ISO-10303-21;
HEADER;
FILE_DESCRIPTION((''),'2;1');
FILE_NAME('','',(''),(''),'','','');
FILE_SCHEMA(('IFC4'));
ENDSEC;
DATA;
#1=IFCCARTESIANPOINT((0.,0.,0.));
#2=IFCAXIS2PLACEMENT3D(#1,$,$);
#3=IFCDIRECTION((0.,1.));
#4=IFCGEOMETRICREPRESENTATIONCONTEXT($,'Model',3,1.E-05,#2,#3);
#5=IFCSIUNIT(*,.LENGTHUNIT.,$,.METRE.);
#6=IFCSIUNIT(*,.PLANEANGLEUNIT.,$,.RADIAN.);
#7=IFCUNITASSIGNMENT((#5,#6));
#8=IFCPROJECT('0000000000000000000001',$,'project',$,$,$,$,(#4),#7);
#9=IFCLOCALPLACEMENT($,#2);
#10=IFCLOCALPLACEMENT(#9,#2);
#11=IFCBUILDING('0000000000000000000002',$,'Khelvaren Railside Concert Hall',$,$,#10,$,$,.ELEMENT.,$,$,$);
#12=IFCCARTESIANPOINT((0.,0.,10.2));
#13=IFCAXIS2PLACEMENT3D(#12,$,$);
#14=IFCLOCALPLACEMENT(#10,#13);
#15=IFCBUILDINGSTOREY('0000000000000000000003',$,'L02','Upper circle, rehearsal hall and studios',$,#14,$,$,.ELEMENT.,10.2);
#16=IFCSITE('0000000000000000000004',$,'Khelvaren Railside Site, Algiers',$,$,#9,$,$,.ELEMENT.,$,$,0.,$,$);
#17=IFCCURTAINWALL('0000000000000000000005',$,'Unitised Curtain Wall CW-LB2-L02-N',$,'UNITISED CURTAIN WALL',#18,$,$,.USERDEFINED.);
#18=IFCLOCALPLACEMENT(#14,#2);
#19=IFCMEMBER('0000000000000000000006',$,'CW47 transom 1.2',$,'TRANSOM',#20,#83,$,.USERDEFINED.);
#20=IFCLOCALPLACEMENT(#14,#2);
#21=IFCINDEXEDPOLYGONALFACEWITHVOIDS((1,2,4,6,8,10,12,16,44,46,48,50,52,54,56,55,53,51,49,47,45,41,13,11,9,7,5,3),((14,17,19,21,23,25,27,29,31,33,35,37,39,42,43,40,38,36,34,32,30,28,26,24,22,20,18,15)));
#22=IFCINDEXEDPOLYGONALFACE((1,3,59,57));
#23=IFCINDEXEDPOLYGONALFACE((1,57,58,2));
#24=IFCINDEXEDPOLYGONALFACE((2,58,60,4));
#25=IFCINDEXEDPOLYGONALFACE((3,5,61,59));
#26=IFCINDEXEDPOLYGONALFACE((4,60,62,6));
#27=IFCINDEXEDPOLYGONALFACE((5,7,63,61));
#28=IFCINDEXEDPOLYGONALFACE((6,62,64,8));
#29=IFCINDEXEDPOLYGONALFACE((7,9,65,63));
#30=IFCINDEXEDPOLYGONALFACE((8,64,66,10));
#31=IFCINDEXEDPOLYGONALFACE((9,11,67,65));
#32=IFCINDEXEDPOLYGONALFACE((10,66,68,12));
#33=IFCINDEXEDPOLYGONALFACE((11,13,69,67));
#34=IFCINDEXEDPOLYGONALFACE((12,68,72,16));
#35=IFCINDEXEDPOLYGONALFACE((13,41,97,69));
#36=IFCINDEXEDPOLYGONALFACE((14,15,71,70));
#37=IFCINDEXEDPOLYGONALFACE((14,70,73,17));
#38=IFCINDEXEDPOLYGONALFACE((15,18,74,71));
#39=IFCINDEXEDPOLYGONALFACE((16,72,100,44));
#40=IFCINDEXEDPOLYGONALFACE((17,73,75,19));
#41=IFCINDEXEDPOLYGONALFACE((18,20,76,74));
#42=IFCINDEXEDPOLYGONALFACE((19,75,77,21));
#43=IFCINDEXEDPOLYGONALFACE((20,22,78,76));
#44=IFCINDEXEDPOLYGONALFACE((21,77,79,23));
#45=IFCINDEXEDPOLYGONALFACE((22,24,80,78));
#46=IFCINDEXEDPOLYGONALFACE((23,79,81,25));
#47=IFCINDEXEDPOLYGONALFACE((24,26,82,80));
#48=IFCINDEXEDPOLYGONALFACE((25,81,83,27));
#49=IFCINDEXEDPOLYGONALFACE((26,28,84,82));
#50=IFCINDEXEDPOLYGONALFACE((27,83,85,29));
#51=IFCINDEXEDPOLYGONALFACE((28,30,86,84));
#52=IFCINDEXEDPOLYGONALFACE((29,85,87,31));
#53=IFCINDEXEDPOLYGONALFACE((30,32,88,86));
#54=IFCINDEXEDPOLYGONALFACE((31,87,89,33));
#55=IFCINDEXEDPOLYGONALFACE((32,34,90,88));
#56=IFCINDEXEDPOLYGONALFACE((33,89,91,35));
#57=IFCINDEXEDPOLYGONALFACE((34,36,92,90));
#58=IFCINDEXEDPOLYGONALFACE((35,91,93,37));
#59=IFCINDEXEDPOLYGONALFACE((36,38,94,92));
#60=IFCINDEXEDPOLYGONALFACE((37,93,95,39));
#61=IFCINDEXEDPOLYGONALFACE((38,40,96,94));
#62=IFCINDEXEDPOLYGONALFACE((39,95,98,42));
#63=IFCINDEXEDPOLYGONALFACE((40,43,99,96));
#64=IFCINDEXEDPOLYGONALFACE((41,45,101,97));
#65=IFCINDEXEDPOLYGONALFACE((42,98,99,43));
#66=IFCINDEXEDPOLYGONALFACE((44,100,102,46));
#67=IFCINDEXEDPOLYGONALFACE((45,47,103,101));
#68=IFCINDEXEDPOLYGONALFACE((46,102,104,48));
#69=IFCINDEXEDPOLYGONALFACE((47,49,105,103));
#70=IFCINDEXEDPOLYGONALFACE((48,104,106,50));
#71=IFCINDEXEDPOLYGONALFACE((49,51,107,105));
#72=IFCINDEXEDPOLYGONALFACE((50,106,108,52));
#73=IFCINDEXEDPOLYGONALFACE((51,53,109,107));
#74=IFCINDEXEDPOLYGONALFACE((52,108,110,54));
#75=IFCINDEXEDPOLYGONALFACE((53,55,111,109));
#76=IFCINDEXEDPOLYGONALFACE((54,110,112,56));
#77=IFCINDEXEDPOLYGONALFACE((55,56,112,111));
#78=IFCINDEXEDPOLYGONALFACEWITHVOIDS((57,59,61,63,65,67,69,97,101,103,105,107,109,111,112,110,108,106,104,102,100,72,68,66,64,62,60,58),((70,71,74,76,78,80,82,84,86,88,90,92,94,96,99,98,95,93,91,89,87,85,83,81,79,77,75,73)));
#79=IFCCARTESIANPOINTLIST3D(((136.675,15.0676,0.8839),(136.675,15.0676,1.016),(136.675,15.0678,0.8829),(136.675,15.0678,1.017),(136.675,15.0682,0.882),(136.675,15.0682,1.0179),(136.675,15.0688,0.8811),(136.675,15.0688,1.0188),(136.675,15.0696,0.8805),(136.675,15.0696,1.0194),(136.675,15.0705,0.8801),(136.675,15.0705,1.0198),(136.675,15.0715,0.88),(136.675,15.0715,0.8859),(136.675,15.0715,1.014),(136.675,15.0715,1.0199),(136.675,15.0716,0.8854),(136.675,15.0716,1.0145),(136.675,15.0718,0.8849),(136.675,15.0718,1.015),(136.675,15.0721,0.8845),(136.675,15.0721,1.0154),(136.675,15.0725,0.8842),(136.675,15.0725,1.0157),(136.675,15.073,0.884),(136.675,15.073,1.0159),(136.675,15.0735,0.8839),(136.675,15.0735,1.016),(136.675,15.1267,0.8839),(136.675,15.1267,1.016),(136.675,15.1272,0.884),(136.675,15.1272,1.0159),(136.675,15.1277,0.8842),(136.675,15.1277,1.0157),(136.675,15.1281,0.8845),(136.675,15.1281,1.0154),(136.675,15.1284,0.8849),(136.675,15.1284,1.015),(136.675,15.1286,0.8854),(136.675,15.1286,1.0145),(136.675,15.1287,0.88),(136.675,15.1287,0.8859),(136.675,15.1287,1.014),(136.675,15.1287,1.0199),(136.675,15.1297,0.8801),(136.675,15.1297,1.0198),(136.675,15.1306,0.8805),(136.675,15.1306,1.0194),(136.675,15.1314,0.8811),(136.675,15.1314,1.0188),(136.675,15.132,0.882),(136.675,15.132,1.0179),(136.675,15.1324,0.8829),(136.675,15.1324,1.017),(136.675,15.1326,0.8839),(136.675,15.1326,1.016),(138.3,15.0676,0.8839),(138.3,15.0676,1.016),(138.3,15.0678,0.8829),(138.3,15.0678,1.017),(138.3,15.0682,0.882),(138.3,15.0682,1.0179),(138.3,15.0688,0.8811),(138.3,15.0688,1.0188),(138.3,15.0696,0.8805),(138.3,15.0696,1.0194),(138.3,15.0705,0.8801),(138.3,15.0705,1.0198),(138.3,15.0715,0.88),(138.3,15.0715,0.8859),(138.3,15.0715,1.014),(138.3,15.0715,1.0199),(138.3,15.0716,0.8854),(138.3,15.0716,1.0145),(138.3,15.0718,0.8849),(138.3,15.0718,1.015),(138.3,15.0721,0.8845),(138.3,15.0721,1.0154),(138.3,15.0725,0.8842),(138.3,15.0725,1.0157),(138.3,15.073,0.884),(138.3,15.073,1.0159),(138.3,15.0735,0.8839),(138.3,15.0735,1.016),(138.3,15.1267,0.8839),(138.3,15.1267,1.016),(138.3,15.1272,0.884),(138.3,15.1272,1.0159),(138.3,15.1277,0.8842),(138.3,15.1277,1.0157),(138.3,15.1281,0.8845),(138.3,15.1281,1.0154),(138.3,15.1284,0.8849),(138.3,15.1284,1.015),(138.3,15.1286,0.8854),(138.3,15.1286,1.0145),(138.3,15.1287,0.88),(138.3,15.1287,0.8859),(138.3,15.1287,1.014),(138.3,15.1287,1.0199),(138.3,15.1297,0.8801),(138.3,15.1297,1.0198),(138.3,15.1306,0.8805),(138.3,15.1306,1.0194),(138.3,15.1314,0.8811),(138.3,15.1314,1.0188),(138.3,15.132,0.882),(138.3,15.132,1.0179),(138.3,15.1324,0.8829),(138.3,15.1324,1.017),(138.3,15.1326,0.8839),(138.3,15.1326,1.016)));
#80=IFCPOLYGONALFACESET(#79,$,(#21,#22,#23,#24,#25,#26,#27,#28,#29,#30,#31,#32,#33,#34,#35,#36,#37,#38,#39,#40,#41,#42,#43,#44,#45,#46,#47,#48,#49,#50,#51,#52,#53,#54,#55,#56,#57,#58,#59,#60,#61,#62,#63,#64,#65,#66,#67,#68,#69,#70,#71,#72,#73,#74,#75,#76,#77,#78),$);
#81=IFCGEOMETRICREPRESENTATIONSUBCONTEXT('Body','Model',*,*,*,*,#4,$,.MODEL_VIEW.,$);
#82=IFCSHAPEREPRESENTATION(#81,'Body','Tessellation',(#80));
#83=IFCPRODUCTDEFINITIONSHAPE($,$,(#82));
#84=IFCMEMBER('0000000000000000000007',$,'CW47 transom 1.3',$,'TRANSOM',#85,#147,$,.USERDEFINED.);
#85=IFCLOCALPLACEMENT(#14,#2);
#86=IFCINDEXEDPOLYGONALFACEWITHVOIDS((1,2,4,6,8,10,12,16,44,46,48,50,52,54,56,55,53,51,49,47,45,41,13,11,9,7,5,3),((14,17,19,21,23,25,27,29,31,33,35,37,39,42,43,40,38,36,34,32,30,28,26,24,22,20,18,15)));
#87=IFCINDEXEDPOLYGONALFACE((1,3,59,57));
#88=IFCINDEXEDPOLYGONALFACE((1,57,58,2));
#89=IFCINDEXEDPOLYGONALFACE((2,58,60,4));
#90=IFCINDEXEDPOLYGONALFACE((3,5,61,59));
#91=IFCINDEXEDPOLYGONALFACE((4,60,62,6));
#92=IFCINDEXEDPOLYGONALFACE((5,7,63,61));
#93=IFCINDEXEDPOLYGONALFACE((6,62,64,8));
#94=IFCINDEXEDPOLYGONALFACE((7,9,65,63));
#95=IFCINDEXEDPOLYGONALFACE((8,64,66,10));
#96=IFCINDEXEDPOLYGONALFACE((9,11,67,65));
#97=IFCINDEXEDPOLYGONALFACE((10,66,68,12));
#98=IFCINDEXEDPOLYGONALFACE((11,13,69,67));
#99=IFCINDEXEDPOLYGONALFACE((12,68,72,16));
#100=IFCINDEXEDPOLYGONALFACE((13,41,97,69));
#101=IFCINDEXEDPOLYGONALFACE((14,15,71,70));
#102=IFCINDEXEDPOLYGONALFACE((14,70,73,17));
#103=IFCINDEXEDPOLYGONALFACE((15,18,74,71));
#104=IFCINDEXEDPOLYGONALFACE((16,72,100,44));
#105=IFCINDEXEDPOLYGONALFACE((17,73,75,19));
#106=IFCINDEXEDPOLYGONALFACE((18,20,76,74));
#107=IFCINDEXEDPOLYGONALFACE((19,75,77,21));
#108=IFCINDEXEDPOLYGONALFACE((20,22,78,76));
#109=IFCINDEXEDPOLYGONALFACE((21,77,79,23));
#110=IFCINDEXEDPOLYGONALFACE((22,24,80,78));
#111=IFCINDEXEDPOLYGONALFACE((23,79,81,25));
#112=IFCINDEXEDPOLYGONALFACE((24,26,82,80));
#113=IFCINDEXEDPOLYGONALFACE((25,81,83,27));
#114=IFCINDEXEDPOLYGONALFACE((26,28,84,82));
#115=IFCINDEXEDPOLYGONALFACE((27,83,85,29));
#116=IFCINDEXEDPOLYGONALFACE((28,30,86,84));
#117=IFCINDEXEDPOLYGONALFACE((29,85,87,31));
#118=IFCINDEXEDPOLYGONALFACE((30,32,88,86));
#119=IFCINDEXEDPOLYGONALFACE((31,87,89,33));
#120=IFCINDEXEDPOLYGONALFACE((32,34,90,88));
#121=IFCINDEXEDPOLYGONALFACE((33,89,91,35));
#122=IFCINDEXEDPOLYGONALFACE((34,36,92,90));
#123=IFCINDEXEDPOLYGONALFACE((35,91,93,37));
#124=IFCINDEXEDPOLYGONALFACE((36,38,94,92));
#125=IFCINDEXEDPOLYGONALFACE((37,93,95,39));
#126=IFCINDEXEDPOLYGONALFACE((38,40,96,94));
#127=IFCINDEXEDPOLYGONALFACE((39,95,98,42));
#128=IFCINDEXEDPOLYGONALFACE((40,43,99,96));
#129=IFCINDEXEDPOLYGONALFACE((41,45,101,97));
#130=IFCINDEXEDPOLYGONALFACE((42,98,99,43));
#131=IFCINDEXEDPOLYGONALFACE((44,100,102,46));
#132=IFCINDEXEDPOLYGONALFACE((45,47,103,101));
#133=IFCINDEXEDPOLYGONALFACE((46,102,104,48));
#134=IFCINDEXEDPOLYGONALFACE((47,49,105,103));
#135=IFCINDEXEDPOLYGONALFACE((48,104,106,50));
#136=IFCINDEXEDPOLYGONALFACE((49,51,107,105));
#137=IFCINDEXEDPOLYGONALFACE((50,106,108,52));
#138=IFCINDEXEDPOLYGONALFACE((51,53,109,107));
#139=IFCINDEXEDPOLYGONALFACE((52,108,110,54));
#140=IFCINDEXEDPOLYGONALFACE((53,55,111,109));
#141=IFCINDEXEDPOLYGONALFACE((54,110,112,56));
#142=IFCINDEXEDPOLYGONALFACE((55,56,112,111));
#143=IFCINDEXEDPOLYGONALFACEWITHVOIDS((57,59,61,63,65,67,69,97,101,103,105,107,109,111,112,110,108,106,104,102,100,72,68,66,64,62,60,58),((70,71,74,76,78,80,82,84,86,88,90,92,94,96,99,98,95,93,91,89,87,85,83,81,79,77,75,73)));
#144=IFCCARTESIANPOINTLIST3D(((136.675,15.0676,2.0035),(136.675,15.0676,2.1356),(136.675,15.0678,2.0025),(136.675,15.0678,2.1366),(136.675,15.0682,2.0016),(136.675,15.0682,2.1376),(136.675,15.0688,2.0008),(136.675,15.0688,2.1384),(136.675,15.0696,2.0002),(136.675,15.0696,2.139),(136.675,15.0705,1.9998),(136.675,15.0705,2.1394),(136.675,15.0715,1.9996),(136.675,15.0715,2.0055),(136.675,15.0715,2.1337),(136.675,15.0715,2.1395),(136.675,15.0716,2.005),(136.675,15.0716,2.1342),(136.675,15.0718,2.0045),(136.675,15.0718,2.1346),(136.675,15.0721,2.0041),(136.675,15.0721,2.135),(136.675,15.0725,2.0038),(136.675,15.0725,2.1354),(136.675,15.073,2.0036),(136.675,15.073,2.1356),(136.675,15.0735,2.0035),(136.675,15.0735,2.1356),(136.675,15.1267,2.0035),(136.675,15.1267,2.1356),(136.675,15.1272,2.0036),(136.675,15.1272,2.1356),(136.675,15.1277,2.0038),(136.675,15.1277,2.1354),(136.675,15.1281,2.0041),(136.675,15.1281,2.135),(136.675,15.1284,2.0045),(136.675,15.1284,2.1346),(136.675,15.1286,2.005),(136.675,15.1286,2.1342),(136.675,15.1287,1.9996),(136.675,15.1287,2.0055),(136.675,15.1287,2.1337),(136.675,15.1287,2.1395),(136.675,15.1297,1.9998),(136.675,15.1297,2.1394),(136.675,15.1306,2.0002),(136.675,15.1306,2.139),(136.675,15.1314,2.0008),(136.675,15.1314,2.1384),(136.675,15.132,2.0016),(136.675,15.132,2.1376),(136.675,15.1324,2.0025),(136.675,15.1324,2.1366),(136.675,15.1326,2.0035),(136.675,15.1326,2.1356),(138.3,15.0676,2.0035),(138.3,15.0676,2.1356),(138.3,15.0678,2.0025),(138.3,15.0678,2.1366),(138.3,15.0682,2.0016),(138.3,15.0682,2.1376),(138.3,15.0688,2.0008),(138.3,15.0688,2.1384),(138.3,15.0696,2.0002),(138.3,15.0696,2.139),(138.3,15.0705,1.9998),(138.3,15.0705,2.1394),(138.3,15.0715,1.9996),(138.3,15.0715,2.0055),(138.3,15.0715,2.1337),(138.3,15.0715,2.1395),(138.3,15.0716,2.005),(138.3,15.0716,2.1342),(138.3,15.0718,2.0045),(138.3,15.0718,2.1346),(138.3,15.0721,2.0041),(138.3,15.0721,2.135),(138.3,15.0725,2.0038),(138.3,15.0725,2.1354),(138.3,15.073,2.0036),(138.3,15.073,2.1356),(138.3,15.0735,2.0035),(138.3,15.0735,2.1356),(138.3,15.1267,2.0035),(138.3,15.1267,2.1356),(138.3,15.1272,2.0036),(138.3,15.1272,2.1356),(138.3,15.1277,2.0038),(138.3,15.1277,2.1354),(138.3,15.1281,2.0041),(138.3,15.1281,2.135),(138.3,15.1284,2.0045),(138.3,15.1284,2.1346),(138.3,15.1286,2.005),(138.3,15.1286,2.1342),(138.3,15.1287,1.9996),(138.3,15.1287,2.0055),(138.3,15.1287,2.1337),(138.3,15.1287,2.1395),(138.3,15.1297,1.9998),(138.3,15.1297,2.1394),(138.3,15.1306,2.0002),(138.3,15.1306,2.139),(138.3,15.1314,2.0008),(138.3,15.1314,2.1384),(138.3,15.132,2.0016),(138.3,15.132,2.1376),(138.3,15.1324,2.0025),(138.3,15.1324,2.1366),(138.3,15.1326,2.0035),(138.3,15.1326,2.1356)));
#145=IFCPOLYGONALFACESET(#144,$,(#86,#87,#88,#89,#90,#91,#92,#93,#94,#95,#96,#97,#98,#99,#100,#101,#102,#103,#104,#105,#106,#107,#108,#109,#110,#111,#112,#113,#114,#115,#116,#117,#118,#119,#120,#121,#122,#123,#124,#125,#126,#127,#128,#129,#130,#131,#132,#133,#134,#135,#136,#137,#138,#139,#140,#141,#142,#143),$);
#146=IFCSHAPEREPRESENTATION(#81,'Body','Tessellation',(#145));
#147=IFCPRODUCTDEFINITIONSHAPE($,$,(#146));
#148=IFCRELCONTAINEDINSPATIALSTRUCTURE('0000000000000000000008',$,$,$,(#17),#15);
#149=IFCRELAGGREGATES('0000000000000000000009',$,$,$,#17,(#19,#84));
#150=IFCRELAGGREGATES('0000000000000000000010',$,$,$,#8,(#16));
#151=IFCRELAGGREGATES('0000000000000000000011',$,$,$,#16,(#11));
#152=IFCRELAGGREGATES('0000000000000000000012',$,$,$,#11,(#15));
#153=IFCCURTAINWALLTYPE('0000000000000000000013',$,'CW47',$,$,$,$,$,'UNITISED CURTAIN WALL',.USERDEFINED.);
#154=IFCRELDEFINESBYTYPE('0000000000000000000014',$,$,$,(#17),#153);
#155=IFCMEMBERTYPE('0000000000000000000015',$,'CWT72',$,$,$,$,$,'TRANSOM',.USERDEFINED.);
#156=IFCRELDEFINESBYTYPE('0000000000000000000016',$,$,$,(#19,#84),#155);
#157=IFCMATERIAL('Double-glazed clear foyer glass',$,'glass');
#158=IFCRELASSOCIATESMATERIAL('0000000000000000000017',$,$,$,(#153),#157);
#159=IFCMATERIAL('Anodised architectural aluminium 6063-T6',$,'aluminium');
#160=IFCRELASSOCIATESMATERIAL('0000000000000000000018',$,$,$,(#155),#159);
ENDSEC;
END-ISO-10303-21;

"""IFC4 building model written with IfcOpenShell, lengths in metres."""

from ifc_helpers import new_model, si_unit, direction, frame, origin, origin_2d, place, context, subcontext, project, spatial, hollow_rectangle, extrude, material, material_profile, profile_set, type_object, element, aggregate, save


model = new_model("IFC4")

# Units and contexts
model_context = context("Model", 3, precision=1e-05, world=origin(), true_north=direction((0.0, 1.0)))
body_context = subcontext(model_context, "Body", "Model", "MODEL_VIEW")
ifc_project = project(units=[si_unit("LENGTHUNIT", "METRE"), si_unit("PLANEANGLEUNIT", "RADIAN")], contexts=[model_context])

# Site, building, storey
site_placement = place(None, origin())
site = spatial("IfcSite", under=ifc_project, at=site_placement, Name="Khelvaren Railside Site, Algiers", CompositionType="ELEMENT", RefElevation=0.0)
building_placement = place(site_placement, origin())
building = spatial("IfcBuilding", under=site, at=building_placement, Name="Khelvaren Railside Concert Hall", CompositionType="ELEMENT")
storey_placement = place(building_placement, frame((0.0, 0.0, 10.2)))
storey = spatial("IfcBuildingStorey", under=building, at=storey_placement, Name="L02", Description="Upper circle, rehearsal hall and studios", CompositionType="ELEMENT", Elevation=10.2)

# Shared definitions
ifc_material_1 = material(Name="Double-glazed clear foyer glass", Category="glass")
curtain_wall_type = type_object("IfcCurtainWallType", Name="CW47", ElementType="UNITISED CURTAIN WALL", PredefinedType="USERDEFINED", material=ifc_material_1)
ifc_material_2 = material(Name="Anodised architectural aluminium 6063-T6", Category="aluminium")

# Curtain wall
curtain_wall_1_placement = place(storey_placement, origin())
curtain_wall_1 = element("IfcCurtainWall", 1, at=curtain_wall_1_placement, inside=storey, type_object=curtain_wall_type, Name="Unitised Curtain Wall CW-LB2-L02-N", ObjectType="UNITISED CURTAIN WALL", PredefinedType="USERDEFINED")

# Members
ifc_material_profile_1 = material_profile(ifc_material_2, hollow_rectangle(XDim=0.0649, YDim=0.1399, WallThickness=0.0039, InnerFilletRadius=0.002, OuterFilletRadius=0.0039, at=origin_2d()), Name="CWT 65x140x4")
ifc_profile_set_1 = profile_set([ifc_material_profile_1], Name="Anodised architectural aluminium 6063-T6")
member_type_1 = type_object("IfcMemberType", Name="CWT72", ElementType="TRANSOM", PredefinedType="USERDEFINED", material=ifc_profile_set_1)
member_1_placement = place(storey_placement, frame((136.675, 15.1001, 0.95), z_axis=(1.0, 0.0, 0.0), x_axis=(0.0, 1.0, 0.0)))
member_1 = element("IfcMember", 2, at=member_1_placement, type_object=member_type_1, Name="CW47 transom 1.2", ObjectType="TRANSOM", PredefinedType="USERDEFINED", context=body_context, shape_type="SweptSolid", body=[
    extrude(hollow_rectangle(XDim=0.0649, YDim=0.1399, WallThickness=0.0039, InnerFilletRadius=0.002, OuterFilletRadius=0.0039, at=origin_2d()), origin(), (0.0, 0.0, 1.0), 1.625),
])
member_2_placement = place(storey_placement, frame((136.675, 15.1001, 2.0696), z_axis=(1.0, 0.0, 0.0), x_axis=(0.0, 1.0, 0.0)))
member_2 = element("IfcMember", 3, at=member_2_placement, type_object=member_type_1, Name="CW47 transom 1.3", ObjectType="TRANSOM", PredefinedType="USERDEFINED", context=body_context, shape_type="SweptSolid", body=[
    extrude(hollow_rectangle(XDim=0.0649, YDim=0.1399, WallThickness=0.0039, InnerFilletRadius=0.002, OuterFilletRadius=0.0039, at=origin_2d()), origin(), (0.0, 0.0, 1.0), 1.625),
])

aggregate(curtain_wall_1, [member_1, member_2])

save(model, "model.ifc")
